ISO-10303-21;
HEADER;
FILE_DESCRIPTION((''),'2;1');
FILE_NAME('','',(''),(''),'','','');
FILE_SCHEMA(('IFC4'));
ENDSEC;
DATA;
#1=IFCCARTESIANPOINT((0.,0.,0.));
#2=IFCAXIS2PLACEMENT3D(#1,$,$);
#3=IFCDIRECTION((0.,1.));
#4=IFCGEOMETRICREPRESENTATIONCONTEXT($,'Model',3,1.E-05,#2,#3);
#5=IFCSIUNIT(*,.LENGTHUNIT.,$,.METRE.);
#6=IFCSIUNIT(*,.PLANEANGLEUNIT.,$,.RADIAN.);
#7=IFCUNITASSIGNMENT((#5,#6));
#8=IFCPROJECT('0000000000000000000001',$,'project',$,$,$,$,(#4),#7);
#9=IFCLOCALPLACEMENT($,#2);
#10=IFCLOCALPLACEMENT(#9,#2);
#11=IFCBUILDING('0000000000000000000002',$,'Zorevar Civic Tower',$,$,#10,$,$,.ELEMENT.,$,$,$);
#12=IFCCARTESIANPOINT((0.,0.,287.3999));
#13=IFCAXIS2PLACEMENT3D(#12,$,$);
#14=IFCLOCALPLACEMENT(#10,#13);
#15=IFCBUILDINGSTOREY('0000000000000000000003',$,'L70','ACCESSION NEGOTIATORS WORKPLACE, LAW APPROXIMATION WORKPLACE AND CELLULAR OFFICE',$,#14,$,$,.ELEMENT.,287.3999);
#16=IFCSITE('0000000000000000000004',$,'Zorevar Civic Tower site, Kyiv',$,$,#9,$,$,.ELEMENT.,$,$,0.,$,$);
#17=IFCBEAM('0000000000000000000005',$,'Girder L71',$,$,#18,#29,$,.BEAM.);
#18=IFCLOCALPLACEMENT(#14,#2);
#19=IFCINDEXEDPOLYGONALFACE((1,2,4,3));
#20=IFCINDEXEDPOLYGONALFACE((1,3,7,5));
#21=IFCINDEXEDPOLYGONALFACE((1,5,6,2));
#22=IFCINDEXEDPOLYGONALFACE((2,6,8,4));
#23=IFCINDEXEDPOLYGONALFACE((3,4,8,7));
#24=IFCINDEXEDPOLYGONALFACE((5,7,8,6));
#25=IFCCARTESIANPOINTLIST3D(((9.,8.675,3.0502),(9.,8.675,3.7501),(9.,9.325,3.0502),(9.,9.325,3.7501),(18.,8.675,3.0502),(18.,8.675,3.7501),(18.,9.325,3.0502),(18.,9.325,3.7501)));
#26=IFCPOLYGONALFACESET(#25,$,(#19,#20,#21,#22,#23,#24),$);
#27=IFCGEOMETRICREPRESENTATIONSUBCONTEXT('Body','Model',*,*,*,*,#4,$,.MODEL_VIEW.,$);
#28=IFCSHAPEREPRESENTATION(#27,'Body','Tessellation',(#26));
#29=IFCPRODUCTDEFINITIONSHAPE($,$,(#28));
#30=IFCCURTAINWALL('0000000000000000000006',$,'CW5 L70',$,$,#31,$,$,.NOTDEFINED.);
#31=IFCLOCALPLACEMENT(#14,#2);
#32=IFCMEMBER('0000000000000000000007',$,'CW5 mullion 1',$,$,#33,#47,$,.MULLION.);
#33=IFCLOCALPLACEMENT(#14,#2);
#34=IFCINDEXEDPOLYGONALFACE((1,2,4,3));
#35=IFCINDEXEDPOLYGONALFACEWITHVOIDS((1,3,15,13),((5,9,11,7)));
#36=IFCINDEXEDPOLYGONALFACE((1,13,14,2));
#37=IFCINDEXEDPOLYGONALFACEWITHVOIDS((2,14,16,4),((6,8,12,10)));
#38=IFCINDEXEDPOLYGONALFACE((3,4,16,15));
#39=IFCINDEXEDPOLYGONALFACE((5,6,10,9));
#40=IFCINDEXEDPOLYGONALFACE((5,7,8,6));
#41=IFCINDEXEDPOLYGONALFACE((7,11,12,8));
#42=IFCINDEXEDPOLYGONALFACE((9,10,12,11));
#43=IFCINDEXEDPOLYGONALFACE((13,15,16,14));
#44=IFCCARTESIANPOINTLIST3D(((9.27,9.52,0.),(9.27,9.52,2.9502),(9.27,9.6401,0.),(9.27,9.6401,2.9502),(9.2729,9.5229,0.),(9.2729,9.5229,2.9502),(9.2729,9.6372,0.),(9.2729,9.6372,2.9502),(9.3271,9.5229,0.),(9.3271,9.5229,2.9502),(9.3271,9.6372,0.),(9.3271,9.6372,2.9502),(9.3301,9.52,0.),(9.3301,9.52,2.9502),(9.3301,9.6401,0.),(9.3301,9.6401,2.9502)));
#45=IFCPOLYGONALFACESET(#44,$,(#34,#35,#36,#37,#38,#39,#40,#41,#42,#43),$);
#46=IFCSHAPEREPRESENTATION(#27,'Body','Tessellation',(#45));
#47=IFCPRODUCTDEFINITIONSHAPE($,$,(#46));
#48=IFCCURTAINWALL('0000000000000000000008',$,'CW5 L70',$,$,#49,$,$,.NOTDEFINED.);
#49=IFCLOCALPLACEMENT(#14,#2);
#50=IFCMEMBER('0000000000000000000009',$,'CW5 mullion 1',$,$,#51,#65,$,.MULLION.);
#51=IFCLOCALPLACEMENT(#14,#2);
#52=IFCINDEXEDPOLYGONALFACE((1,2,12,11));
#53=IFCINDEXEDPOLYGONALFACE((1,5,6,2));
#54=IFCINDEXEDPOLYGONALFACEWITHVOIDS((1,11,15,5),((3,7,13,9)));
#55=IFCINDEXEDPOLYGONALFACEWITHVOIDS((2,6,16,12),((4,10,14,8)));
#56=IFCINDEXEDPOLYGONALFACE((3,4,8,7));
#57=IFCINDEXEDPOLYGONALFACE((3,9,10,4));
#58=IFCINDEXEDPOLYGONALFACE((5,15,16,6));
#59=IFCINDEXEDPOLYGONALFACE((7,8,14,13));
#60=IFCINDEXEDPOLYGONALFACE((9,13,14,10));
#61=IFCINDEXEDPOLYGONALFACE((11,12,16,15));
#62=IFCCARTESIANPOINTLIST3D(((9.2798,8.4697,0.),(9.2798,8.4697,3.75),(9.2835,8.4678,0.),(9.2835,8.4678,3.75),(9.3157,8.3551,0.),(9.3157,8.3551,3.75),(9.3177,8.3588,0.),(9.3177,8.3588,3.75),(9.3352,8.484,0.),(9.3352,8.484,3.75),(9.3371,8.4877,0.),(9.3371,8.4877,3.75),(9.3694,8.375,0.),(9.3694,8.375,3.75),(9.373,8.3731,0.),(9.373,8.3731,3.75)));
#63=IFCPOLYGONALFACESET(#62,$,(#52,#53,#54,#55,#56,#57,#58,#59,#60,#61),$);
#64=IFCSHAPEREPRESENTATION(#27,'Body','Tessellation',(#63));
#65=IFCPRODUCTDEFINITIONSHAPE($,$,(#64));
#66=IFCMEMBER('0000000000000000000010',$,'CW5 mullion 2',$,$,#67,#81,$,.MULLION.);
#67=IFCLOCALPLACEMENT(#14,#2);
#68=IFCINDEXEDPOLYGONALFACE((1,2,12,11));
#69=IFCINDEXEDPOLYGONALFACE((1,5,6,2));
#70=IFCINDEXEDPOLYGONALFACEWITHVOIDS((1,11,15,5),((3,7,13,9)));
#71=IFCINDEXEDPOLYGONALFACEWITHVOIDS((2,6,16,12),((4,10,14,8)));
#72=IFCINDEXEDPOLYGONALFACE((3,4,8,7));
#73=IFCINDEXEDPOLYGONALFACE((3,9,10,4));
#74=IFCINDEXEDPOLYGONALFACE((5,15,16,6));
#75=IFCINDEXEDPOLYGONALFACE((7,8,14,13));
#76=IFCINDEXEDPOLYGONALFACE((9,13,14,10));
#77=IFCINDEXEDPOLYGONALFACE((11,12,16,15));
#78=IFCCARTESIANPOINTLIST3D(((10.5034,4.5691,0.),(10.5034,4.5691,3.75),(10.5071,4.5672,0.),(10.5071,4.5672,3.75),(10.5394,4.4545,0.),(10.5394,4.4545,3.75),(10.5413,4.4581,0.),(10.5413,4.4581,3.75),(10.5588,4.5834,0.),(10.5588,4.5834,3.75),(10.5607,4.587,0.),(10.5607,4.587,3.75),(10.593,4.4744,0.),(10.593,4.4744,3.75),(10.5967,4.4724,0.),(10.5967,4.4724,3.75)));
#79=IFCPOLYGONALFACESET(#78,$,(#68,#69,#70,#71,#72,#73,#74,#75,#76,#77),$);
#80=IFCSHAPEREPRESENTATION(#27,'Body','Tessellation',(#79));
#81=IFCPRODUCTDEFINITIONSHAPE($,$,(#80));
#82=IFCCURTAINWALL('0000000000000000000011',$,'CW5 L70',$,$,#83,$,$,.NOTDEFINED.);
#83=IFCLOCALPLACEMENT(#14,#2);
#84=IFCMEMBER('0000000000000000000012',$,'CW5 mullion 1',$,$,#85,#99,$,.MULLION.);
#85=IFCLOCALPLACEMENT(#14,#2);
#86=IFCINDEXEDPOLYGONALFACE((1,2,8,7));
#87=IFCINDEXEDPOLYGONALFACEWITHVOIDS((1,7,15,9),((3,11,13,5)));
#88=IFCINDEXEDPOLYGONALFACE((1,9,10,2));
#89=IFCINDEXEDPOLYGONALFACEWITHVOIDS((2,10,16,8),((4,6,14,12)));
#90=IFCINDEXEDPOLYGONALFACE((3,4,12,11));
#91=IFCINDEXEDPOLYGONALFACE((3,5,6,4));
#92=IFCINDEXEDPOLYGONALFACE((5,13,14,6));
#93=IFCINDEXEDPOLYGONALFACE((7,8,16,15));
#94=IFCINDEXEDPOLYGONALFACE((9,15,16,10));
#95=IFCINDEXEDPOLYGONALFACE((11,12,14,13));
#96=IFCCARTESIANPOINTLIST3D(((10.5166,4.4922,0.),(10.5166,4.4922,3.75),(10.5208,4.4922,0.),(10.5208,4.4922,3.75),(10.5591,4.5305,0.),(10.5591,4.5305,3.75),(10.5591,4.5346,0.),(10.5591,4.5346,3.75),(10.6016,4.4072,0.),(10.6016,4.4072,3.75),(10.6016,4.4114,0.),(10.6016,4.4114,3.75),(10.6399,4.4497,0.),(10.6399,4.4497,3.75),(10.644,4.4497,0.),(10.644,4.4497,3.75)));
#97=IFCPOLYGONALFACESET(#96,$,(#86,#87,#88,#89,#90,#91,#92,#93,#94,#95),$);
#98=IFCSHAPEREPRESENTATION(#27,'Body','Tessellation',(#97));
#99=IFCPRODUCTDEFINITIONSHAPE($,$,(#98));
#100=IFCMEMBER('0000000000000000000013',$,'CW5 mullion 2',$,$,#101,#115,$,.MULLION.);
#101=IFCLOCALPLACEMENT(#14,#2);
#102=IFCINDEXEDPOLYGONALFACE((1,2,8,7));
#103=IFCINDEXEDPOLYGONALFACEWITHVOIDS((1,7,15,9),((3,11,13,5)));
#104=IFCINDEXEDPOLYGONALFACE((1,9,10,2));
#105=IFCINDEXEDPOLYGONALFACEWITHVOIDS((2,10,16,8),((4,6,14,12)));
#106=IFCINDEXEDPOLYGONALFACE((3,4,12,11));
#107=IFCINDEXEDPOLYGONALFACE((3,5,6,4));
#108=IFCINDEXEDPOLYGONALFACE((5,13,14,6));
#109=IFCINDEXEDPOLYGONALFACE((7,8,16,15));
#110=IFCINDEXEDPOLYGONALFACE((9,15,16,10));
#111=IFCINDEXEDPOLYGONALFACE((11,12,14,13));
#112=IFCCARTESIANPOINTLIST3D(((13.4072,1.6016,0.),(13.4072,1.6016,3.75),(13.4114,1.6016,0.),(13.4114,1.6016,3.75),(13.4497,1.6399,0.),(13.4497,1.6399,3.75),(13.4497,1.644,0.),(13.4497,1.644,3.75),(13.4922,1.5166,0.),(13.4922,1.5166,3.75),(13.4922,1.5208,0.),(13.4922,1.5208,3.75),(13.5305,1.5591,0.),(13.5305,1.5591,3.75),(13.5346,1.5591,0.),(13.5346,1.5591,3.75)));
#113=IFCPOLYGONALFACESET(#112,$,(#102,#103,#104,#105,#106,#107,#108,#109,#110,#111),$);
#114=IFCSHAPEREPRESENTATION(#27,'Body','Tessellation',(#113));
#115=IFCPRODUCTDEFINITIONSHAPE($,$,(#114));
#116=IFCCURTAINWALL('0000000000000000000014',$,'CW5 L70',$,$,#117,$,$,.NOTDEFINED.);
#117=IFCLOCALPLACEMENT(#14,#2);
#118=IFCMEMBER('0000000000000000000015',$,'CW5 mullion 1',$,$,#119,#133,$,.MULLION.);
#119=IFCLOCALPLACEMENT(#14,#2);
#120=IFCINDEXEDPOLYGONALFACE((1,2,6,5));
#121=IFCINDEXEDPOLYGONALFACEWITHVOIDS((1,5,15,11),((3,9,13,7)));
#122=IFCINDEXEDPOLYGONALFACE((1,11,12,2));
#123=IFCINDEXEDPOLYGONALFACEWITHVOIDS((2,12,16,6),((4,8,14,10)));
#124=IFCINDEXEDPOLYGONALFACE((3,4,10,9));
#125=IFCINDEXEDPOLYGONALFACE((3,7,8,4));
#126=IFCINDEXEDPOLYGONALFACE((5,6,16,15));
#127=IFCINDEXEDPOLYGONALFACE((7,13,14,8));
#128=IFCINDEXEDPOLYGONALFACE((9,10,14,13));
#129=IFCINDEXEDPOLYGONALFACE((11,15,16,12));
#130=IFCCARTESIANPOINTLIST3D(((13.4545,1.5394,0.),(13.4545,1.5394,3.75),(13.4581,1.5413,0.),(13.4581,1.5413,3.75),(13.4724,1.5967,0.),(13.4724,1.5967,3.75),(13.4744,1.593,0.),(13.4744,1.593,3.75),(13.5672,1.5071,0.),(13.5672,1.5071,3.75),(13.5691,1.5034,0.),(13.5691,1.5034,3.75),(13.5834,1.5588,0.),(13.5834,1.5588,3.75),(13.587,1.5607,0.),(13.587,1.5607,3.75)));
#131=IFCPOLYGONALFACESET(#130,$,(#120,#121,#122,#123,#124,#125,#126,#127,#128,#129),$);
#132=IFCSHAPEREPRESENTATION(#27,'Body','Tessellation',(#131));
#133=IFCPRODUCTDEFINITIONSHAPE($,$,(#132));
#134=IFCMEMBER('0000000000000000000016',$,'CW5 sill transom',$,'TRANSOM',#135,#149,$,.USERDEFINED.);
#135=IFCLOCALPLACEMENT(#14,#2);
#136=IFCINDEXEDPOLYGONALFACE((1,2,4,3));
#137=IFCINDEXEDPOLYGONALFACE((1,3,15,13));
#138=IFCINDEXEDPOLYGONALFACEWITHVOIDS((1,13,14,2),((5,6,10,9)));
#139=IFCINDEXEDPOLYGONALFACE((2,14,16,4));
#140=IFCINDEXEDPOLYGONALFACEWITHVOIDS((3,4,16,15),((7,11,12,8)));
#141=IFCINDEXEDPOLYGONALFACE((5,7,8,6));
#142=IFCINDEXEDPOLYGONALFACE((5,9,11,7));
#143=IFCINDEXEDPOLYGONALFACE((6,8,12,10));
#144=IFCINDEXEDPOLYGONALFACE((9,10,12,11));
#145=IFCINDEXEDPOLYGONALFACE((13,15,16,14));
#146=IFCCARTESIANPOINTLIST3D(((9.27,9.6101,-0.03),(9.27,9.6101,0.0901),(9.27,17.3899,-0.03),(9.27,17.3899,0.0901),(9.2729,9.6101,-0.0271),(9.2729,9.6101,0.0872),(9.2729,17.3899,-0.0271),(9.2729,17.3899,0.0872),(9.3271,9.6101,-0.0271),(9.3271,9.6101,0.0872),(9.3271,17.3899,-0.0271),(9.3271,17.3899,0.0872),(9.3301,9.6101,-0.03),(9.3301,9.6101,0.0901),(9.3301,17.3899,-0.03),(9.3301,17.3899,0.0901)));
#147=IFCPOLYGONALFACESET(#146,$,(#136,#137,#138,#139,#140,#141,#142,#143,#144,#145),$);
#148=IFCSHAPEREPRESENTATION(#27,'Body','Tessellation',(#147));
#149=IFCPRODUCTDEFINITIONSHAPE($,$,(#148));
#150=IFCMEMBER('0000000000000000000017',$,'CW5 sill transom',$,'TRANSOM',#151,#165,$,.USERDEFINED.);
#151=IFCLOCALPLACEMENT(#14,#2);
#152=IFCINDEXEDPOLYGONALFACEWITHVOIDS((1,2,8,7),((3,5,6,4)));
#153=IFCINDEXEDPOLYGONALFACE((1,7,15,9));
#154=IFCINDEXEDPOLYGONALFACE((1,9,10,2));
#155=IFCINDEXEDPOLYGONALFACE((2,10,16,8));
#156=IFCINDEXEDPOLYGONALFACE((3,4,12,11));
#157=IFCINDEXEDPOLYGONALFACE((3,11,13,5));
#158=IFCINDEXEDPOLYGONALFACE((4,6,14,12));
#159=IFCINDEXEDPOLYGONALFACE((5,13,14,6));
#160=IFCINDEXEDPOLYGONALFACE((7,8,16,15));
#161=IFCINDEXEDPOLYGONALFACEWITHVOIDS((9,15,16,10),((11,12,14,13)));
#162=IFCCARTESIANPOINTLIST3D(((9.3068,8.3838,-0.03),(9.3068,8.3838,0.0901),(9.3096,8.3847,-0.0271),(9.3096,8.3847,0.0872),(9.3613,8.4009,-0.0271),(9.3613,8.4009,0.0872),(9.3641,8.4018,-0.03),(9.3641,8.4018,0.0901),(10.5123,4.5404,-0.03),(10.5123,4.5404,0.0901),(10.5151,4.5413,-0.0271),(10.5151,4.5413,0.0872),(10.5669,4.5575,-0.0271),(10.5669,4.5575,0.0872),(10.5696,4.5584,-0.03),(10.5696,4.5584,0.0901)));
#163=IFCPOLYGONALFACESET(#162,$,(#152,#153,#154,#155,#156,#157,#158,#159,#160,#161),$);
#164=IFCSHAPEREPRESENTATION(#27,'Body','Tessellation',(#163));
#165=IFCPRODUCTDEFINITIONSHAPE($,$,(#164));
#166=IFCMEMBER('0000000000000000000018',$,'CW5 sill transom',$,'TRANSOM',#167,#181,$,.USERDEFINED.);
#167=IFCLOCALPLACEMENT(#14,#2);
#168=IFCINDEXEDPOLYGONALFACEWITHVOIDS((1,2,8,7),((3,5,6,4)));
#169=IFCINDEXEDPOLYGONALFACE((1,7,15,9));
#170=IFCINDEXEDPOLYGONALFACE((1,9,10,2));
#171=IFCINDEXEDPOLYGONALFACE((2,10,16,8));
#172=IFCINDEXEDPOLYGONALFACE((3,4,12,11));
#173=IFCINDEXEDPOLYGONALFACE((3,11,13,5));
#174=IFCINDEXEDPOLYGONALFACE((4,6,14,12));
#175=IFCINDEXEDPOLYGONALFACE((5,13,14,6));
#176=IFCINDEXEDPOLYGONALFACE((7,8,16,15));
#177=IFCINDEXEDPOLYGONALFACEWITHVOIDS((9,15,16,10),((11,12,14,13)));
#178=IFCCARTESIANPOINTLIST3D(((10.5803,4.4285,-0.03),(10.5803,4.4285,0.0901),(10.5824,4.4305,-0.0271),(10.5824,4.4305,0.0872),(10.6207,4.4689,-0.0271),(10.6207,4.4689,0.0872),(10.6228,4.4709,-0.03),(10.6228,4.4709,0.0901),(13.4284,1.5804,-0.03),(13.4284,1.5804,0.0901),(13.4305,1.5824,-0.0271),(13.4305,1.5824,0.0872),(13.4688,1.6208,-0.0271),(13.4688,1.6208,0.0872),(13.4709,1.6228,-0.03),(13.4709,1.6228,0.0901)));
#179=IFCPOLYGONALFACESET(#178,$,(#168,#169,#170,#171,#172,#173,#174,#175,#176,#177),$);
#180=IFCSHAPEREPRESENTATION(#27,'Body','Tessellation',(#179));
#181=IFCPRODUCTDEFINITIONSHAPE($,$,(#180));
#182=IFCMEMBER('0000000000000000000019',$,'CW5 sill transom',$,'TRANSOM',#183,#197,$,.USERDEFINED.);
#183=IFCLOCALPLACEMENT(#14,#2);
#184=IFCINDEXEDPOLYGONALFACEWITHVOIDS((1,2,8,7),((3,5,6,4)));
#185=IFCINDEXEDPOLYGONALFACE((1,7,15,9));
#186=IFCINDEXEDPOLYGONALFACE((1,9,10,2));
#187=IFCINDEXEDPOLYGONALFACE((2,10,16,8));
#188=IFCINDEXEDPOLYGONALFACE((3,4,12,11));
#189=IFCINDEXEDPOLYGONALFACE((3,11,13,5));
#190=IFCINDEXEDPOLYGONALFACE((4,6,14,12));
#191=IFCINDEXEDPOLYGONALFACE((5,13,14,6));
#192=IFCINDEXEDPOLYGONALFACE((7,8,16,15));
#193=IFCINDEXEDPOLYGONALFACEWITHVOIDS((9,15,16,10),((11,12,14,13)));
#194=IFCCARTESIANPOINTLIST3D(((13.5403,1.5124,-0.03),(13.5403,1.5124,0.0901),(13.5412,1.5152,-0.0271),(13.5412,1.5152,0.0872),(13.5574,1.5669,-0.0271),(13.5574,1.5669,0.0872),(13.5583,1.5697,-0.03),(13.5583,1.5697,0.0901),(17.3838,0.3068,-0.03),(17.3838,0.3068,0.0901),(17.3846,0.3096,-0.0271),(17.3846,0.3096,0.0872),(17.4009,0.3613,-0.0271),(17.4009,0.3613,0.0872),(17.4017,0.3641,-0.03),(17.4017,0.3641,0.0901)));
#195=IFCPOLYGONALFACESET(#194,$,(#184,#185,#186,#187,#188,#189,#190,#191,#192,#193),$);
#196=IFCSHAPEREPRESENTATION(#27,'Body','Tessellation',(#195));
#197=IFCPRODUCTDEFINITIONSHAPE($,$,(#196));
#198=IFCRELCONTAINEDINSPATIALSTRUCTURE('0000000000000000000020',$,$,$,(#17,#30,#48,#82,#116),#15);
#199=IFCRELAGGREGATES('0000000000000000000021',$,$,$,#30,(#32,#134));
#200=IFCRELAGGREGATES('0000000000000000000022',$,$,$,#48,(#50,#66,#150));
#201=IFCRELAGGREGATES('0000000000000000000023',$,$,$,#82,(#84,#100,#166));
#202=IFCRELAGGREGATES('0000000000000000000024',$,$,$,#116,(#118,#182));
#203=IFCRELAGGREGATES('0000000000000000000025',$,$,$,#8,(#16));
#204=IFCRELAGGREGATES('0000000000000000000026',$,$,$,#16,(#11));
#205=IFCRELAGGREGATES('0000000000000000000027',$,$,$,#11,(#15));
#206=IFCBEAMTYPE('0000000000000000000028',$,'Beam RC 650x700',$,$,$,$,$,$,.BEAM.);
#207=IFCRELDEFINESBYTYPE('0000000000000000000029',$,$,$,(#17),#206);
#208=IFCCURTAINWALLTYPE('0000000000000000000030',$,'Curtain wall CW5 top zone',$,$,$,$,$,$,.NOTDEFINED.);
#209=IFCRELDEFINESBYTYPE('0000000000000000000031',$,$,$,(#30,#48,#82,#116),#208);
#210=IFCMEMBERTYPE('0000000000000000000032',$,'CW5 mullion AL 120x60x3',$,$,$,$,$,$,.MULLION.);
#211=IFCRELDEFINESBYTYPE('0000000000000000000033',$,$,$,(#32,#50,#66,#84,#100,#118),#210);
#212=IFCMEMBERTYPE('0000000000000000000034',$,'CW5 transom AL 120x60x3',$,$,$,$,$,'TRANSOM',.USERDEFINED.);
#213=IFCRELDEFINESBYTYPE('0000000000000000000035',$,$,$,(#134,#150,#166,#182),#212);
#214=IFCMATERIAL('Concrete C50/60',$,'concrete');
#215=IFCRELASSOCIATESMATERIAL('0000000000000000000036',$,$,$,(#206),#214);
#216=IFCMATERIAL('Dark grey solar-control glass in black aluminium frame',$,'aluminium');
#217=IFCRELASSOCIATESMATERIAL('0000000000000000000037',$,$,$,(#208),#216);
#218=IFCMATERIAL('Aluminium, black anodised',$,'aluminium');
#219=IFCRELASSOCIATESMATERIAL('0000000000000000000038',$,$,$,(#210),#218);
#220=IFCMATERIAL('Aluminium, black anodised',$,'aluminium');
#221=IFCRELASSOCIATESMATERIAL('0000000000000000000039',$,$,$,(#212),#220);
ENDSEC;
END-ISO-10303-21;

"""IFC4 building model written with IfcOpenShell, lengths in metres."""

from ifc_helpers import new_model, si_unit, direction, frame, origin, origin_2d, place, context, subcontext, project, spatial, rectangle, hollow_rectangle, extrude, material, material_profile, profile_set, type_object, element, aggregate, save


model = new_model("IFC4")

# Units and contexts
model_context = context("Model", 3, precision=1e-05, world=origin(), true_north=direction((0.0, 1.0)))
body_context = subcontext(model_context, "Body", "Model", "MODEL_VIEW")
ifc_project = project(units=[si_unit("LENGTHUNIT", "METRE"), si_unit("PLANEANGLEUNIT", "RADIAN")], contexts=[model_context])

# Site, building, storey
site_placement = place(None, origin())
site = spatial("IfcSite", under=ifc_project, at=site_placement, Name="Zorevar Civic Tower site, Kyiv", CompositionType="ELEMENT", RefElevation=0.0)
building_placement = place(site_placement, origin())
building = spatial("IfcBuilding", under=site, at=building_placement, Name="Zorevar Civic Tower", CompositionType="ELEMENT")
storey_placement = place(building_placement, frame((0.0, 0.0, 287.3999)))
storey = spatial("IfcBuildingStorey", under=building, at=storey_placement, Name="L70", Description="ACCESSION NEGOTIATORS WORKPLACE, LAW APPROXIMATION WORKPLACE AND CELLULAR OFFICE", CompositionType="ELEMENT", Elevation=287.3999)

# Beam
ifc_material_1 = material(Name="Concrete C50/60", Category="concrete")
ifc_material_profile_1 = material_profile(ifc_material_1, rectangle(XDim=0.6499, YDim=0.7, at=origin_2d()), Name="RC 650x700")
ifc_profile_set_1 = profile_set([ifc_material_profile_1], Name="Concrete C50/60")
beam_type_1 = type_object("IfcBeamType", Name="Beam RC 650x700", PredefinedType="BEAM", material=ifc_profile_set_1)
beam_1_placement = place(storey_placement, frame((9.0, 9.0, 3.4001), z_axis=(1.0, 0.0, 0.0), x_axis=(0.0, 1.0, 0.0)))
element("IfcBeam", 1, at=beam_1_placement, inside=storey, type_object=beam_type_1, Name="Girder L71", PredefinedType="BEAM", context=body_context, shape_type="SweptSolid", body=[
    extrude(rectangle(XDim=0.6499, YDim=0.7, at=origin_2d()), origin(), (0.0, 0.0, 1.0), 9.0),
])

# Curtain wall, member
ifc_material_2 = material(Name="Dark grey solar-control glass in black aluminium frame", Category="aluminium")
curtain_wall_type = type_object("IfcCurtainWallType", Name="Curtain wall CW5 top zone", PredefinedType="NOTDEFINED", material=ifc_material_2)
curtain_wall_1_placement = place(storey_placement, origin())
curtain_wall_1 = element("IfcCurtainWall", 2, at=curtain_wall_1_placement, inside=storey, type_object=curtain_wall_type, Name="CW5 L70", PredefinedType="NOTDEFINED")
ifc_material_3 = material(Name="Aluminium, black anodised", Category="aluminium")
ifc_material_profile_2 = material_profile(ifc_material_3, hollow_rectangle(XDim=0.0601, YDim=0.1201, WallThickness=0.0029, at=origin_2d()), Name="AL 120x60x3")
ifc_profile_set_2 = profile_set([ifc_material_profile_2], Name="Aluminium, black anodised")
member_type_1 = type_object("IfcMemberType", Name="CW5 mullion AL 120x60x3", PredefinedType="MULLION", material=ifc_profile_set_2)
member_1_placement = place(storey_placement, frame((9.3, 9.5801, 0.0), z_axis=(0.0, 0.0, 1.0), x_axis=(-1.0, 0.0, 0.0)))
member_1 = element("IfcMember", 3, at=member_1_placement, type_object=member_type_1, Name="CW5 mullion 1", PredefinedType="MULLION", context=body_context, shape_type="SweptSolid", body=[
    extrude(hollow_rectangle(XDim=0.0601, YDim=0.1201, WallThickness=0.0029, at=origin_2d()), origin(), (0.0, 0.0, 1.0), 2.9502),
])

# Curtain walls, members
curtain_wall_2_placement = place(storey_placement, origin())
curtain_wall_2 = element("IfcCurtainWall", 4, at=curtain_wall_2_placement, inside=storey, type_object=curtain_wall_type, Name="CW5 L70", PredefinedType="NOTDEFINED")
member_2_placement = place(storey_placement, frame((9.3264, 8.4214, 0.0), z_axis=(0.0, 0.0, 1.0), x_axis=(0.954153, 0.299318, 0.0)))
member_2 = element("IfcMember", 5, at=member_2_placement, type_object=member_type_1, Name="CW5 mullion 1", PredefinedType="MULLION", context=body_context, shape_type="SweptSolid", body=[
    extrude(hollow_rectangle(XDim=0.0601, YDim=0.1201, WallThickness=0.0029, at=origin_2d()), origin(), (0.0, 0.0, 1.0), 3.75),
])
member_3_placement = place(storey_placement, frame((10.55, 4.5208, 0.0), z_axis=(0.0, 0.0, 1.0), x_axis=(0.954153, 0.299318, 0.0)))
member_3 = element("IfcMember", 6, at=member_3_placement, type_object=member_type_1, Name="CW5 mullion 2", PredefinedType="MULLION", context=body_context, shape_type="SweptSolid", body=[
    extrude(hollow_rectangle(XDim=0.0601, YDim=0.1201, WallThickness=0.0029, at=origin_2d()), origin(), (0.0, 0.0, 1.0), 3.75),
])
curtain_wall_3_placement = place(storey_placement, origin())
curtain_wall_3 = element("IfcCurtainWall", 7, at=curtain_wall_3_placement, inside=storey, type_object=curtain_wall_type, Name="CW5 L70", PredefinedType="NOTDEFINED")
member_4_placement = place(storey_placement, frame((10.5803, 4.4709, 0.0), z_axis=(0.0, 0.0, 1.0), x_axis=(0.707107, 0.707107, 0.0)))
member_4 = element("IfcMember", 8, at=member_4_placement, type_object=member_type_1, Name="CW5 mullion 1", PredefinedType="MULLION", context=body_context, shape_type="SweptSolid", body=[
    extrude(hollow_rectangle(XDim=0.0601, YDim=0.1201, WallThickness=0.0029, at=origin_2d()), origin(), (0.0, 0.0, 1.0), 3.75),
])
member_5_placement = place(storey_placement, frame((13.4709, 1.5803, 0.0), z_axis=(0.0, 0.0, 1.0), x_axis=(0.707107, 0.707107, 0.0)))
member_5 = element("IfcMember", 9, at=member_5_placement, type_object=member_type_1, Name="CW5 mullion 2", PredefinedType="MULLION", context=body_context, shape_type="SweptSolid", body=[
    extrude(hollow_rectangle(XDim=0.0601, YDim=0.1201, WallThickness=0.0029, at=origin_2d()), origin(), (0.0, 0.0, 1.0), 3.75),
])

# Curtain wall, member
curtain_wall_4_placement = place(storey_placement, origin())
curtain_wall_4 = element("IfcCurtainWall", 10, at=curtain_wall_4_placement, inside=storey, type_object=curtain_wall_type, Name="CW5 L70", PredefinedType="NOTDEFINED")
member_6_placement = place(storey_placement, frame((13.5208, 1.55, 0.0), z_axis=(0.0, 0.0, 1.0), x_axis=(0.299318, 0.954153, 0.0)))
member_6 = element("IfcMember", 11, at=member_6_placement, type_object=member_type_1, Name="CW5 mullion 1", PredefinedType="MULLION", context=body_context, shape_type="SweptSolid", body=[
    extrude(hollow_rectangle(XDim=0.0601, YDim=0.1201, WallThickness=0.0029, at=origin_2d()), origin(), (0.0, 0.0, 1.0), 3.75),
])

# Members
ifc_material_4 = material(Name="Aluminium, black anodised", Category="aluminium")
ifc_material_profile_3 = material_profile(ifc_material_4, hollow_rectangle(XDim=0.0601, YDim=0.1201, WallThickness=0.0029, at=origin_2d()), Name="AL 120x60x3")
ifc_profile_set_3 = profile_set([ifc_material_profile_3], Name="Aluminium, black anodised")
member_type_2 = type_object("IfcMemberType", Name="CW5 transom AL 120x60x3", ElementType="TRANSOM", PredefinedType="USERDEFINED", material=ifc_profile_set_3)
member_7_placement = place(storey_placement, frame((9.3, 9.6101, 0.03), z_axis=(0.0, 1.0, 0.0), x_axis=(-1.0, 0.0, 0.0)))
member_7 = element("IfcMember", 12, at=member_7_placement, type_object=member_type_2, Name="CW5 sill transom", ObjectType="TRANSOM", PredefinedType="USERDEFINED", context=body_context, shape_type="SweptSolid", body=[
    extrude(hollow_rectangle(XDim=0.0601, YDim=0.1201, WallThickness=0.0029, at=origin_2d()), origin(), (0.0, 0.0, 1.0), 7.7798),
])
member_8_placement = place(storey_placement, frame((9.3354, 8.3928, 0.03), z_axis=(0.299286, -0.954163, 0.0), x_axis=(0.954163, 0.299286, 0.0)))
member_8 = element("IfcMember", 13, at=member_8_placement, type_object=member_type_2, Name="CW5 sill transom", ObjectType="TRANSOM", PredefinedType="USERDEFINED", context=body_context, shape_type="SweptSolid", body=[
    extrude(hollow_rectangle(XDim=0.0601, YDim=0.1201, WallThickness=0.0029, at=origin_2d()), origin(), (0.0, 0.0, 1.0), 4.0281),
])
member_9_placement = place(storey_placement, frame((10.6016, 4.4497, 0.03), z_axis=(0.707107, -0.707107, 0.0), x_axis=(0.707107, 0.707107, 0.0)))
member_9 = element("IfcMember", 14, at=member_9_placement, type_object=member_type_2, Name="CW5 sill transom", ObjectType="TRANSOM", PredefinedType="USERDEFINED", context=body_context, shape_type="SweptSolid", body=[
    extrude(hollow_rectangle(XDim=0.0601, YDim=0.1201, WallThickness=0.0029, at=origin_2d()), origin(), (0.0, 0.0, 1.0), 4.0278),
])
member_10_placement = place(storey_placement, frame((13.5493, 1.541, 0.03), z_axis=(0.954163, -0.299286, 0.0), x_axis=(0.299286, 0.954163, 0.0)))
member_10 = element("IfcMember", 15, at=member_10_placement, type_object=member_type_2, Name="CW5 sill transom", ObjectType="TRANSOM", PredefinedType="USERDEFINED", context=body_context, shape_type="SweptSolid", body=[
    extrude(hollow_rectangle(XDim=0.0601, YDim=0.1201, WallThickness=0.0029, at=origin_2d()), origin(), (0.0, 0.0, 1.0), 4.0281),
])

aggregate(curtain_wall_1, [member_1, member_7])
aggregate(curtain_wall_2, [member_2, member_3, member_8])
aggregate(curtain_wall_3, [member_4, member_5, member_9])
aggregate(curtain_wall_4, [member_6, member_10])

save(model, "model.ifc")
